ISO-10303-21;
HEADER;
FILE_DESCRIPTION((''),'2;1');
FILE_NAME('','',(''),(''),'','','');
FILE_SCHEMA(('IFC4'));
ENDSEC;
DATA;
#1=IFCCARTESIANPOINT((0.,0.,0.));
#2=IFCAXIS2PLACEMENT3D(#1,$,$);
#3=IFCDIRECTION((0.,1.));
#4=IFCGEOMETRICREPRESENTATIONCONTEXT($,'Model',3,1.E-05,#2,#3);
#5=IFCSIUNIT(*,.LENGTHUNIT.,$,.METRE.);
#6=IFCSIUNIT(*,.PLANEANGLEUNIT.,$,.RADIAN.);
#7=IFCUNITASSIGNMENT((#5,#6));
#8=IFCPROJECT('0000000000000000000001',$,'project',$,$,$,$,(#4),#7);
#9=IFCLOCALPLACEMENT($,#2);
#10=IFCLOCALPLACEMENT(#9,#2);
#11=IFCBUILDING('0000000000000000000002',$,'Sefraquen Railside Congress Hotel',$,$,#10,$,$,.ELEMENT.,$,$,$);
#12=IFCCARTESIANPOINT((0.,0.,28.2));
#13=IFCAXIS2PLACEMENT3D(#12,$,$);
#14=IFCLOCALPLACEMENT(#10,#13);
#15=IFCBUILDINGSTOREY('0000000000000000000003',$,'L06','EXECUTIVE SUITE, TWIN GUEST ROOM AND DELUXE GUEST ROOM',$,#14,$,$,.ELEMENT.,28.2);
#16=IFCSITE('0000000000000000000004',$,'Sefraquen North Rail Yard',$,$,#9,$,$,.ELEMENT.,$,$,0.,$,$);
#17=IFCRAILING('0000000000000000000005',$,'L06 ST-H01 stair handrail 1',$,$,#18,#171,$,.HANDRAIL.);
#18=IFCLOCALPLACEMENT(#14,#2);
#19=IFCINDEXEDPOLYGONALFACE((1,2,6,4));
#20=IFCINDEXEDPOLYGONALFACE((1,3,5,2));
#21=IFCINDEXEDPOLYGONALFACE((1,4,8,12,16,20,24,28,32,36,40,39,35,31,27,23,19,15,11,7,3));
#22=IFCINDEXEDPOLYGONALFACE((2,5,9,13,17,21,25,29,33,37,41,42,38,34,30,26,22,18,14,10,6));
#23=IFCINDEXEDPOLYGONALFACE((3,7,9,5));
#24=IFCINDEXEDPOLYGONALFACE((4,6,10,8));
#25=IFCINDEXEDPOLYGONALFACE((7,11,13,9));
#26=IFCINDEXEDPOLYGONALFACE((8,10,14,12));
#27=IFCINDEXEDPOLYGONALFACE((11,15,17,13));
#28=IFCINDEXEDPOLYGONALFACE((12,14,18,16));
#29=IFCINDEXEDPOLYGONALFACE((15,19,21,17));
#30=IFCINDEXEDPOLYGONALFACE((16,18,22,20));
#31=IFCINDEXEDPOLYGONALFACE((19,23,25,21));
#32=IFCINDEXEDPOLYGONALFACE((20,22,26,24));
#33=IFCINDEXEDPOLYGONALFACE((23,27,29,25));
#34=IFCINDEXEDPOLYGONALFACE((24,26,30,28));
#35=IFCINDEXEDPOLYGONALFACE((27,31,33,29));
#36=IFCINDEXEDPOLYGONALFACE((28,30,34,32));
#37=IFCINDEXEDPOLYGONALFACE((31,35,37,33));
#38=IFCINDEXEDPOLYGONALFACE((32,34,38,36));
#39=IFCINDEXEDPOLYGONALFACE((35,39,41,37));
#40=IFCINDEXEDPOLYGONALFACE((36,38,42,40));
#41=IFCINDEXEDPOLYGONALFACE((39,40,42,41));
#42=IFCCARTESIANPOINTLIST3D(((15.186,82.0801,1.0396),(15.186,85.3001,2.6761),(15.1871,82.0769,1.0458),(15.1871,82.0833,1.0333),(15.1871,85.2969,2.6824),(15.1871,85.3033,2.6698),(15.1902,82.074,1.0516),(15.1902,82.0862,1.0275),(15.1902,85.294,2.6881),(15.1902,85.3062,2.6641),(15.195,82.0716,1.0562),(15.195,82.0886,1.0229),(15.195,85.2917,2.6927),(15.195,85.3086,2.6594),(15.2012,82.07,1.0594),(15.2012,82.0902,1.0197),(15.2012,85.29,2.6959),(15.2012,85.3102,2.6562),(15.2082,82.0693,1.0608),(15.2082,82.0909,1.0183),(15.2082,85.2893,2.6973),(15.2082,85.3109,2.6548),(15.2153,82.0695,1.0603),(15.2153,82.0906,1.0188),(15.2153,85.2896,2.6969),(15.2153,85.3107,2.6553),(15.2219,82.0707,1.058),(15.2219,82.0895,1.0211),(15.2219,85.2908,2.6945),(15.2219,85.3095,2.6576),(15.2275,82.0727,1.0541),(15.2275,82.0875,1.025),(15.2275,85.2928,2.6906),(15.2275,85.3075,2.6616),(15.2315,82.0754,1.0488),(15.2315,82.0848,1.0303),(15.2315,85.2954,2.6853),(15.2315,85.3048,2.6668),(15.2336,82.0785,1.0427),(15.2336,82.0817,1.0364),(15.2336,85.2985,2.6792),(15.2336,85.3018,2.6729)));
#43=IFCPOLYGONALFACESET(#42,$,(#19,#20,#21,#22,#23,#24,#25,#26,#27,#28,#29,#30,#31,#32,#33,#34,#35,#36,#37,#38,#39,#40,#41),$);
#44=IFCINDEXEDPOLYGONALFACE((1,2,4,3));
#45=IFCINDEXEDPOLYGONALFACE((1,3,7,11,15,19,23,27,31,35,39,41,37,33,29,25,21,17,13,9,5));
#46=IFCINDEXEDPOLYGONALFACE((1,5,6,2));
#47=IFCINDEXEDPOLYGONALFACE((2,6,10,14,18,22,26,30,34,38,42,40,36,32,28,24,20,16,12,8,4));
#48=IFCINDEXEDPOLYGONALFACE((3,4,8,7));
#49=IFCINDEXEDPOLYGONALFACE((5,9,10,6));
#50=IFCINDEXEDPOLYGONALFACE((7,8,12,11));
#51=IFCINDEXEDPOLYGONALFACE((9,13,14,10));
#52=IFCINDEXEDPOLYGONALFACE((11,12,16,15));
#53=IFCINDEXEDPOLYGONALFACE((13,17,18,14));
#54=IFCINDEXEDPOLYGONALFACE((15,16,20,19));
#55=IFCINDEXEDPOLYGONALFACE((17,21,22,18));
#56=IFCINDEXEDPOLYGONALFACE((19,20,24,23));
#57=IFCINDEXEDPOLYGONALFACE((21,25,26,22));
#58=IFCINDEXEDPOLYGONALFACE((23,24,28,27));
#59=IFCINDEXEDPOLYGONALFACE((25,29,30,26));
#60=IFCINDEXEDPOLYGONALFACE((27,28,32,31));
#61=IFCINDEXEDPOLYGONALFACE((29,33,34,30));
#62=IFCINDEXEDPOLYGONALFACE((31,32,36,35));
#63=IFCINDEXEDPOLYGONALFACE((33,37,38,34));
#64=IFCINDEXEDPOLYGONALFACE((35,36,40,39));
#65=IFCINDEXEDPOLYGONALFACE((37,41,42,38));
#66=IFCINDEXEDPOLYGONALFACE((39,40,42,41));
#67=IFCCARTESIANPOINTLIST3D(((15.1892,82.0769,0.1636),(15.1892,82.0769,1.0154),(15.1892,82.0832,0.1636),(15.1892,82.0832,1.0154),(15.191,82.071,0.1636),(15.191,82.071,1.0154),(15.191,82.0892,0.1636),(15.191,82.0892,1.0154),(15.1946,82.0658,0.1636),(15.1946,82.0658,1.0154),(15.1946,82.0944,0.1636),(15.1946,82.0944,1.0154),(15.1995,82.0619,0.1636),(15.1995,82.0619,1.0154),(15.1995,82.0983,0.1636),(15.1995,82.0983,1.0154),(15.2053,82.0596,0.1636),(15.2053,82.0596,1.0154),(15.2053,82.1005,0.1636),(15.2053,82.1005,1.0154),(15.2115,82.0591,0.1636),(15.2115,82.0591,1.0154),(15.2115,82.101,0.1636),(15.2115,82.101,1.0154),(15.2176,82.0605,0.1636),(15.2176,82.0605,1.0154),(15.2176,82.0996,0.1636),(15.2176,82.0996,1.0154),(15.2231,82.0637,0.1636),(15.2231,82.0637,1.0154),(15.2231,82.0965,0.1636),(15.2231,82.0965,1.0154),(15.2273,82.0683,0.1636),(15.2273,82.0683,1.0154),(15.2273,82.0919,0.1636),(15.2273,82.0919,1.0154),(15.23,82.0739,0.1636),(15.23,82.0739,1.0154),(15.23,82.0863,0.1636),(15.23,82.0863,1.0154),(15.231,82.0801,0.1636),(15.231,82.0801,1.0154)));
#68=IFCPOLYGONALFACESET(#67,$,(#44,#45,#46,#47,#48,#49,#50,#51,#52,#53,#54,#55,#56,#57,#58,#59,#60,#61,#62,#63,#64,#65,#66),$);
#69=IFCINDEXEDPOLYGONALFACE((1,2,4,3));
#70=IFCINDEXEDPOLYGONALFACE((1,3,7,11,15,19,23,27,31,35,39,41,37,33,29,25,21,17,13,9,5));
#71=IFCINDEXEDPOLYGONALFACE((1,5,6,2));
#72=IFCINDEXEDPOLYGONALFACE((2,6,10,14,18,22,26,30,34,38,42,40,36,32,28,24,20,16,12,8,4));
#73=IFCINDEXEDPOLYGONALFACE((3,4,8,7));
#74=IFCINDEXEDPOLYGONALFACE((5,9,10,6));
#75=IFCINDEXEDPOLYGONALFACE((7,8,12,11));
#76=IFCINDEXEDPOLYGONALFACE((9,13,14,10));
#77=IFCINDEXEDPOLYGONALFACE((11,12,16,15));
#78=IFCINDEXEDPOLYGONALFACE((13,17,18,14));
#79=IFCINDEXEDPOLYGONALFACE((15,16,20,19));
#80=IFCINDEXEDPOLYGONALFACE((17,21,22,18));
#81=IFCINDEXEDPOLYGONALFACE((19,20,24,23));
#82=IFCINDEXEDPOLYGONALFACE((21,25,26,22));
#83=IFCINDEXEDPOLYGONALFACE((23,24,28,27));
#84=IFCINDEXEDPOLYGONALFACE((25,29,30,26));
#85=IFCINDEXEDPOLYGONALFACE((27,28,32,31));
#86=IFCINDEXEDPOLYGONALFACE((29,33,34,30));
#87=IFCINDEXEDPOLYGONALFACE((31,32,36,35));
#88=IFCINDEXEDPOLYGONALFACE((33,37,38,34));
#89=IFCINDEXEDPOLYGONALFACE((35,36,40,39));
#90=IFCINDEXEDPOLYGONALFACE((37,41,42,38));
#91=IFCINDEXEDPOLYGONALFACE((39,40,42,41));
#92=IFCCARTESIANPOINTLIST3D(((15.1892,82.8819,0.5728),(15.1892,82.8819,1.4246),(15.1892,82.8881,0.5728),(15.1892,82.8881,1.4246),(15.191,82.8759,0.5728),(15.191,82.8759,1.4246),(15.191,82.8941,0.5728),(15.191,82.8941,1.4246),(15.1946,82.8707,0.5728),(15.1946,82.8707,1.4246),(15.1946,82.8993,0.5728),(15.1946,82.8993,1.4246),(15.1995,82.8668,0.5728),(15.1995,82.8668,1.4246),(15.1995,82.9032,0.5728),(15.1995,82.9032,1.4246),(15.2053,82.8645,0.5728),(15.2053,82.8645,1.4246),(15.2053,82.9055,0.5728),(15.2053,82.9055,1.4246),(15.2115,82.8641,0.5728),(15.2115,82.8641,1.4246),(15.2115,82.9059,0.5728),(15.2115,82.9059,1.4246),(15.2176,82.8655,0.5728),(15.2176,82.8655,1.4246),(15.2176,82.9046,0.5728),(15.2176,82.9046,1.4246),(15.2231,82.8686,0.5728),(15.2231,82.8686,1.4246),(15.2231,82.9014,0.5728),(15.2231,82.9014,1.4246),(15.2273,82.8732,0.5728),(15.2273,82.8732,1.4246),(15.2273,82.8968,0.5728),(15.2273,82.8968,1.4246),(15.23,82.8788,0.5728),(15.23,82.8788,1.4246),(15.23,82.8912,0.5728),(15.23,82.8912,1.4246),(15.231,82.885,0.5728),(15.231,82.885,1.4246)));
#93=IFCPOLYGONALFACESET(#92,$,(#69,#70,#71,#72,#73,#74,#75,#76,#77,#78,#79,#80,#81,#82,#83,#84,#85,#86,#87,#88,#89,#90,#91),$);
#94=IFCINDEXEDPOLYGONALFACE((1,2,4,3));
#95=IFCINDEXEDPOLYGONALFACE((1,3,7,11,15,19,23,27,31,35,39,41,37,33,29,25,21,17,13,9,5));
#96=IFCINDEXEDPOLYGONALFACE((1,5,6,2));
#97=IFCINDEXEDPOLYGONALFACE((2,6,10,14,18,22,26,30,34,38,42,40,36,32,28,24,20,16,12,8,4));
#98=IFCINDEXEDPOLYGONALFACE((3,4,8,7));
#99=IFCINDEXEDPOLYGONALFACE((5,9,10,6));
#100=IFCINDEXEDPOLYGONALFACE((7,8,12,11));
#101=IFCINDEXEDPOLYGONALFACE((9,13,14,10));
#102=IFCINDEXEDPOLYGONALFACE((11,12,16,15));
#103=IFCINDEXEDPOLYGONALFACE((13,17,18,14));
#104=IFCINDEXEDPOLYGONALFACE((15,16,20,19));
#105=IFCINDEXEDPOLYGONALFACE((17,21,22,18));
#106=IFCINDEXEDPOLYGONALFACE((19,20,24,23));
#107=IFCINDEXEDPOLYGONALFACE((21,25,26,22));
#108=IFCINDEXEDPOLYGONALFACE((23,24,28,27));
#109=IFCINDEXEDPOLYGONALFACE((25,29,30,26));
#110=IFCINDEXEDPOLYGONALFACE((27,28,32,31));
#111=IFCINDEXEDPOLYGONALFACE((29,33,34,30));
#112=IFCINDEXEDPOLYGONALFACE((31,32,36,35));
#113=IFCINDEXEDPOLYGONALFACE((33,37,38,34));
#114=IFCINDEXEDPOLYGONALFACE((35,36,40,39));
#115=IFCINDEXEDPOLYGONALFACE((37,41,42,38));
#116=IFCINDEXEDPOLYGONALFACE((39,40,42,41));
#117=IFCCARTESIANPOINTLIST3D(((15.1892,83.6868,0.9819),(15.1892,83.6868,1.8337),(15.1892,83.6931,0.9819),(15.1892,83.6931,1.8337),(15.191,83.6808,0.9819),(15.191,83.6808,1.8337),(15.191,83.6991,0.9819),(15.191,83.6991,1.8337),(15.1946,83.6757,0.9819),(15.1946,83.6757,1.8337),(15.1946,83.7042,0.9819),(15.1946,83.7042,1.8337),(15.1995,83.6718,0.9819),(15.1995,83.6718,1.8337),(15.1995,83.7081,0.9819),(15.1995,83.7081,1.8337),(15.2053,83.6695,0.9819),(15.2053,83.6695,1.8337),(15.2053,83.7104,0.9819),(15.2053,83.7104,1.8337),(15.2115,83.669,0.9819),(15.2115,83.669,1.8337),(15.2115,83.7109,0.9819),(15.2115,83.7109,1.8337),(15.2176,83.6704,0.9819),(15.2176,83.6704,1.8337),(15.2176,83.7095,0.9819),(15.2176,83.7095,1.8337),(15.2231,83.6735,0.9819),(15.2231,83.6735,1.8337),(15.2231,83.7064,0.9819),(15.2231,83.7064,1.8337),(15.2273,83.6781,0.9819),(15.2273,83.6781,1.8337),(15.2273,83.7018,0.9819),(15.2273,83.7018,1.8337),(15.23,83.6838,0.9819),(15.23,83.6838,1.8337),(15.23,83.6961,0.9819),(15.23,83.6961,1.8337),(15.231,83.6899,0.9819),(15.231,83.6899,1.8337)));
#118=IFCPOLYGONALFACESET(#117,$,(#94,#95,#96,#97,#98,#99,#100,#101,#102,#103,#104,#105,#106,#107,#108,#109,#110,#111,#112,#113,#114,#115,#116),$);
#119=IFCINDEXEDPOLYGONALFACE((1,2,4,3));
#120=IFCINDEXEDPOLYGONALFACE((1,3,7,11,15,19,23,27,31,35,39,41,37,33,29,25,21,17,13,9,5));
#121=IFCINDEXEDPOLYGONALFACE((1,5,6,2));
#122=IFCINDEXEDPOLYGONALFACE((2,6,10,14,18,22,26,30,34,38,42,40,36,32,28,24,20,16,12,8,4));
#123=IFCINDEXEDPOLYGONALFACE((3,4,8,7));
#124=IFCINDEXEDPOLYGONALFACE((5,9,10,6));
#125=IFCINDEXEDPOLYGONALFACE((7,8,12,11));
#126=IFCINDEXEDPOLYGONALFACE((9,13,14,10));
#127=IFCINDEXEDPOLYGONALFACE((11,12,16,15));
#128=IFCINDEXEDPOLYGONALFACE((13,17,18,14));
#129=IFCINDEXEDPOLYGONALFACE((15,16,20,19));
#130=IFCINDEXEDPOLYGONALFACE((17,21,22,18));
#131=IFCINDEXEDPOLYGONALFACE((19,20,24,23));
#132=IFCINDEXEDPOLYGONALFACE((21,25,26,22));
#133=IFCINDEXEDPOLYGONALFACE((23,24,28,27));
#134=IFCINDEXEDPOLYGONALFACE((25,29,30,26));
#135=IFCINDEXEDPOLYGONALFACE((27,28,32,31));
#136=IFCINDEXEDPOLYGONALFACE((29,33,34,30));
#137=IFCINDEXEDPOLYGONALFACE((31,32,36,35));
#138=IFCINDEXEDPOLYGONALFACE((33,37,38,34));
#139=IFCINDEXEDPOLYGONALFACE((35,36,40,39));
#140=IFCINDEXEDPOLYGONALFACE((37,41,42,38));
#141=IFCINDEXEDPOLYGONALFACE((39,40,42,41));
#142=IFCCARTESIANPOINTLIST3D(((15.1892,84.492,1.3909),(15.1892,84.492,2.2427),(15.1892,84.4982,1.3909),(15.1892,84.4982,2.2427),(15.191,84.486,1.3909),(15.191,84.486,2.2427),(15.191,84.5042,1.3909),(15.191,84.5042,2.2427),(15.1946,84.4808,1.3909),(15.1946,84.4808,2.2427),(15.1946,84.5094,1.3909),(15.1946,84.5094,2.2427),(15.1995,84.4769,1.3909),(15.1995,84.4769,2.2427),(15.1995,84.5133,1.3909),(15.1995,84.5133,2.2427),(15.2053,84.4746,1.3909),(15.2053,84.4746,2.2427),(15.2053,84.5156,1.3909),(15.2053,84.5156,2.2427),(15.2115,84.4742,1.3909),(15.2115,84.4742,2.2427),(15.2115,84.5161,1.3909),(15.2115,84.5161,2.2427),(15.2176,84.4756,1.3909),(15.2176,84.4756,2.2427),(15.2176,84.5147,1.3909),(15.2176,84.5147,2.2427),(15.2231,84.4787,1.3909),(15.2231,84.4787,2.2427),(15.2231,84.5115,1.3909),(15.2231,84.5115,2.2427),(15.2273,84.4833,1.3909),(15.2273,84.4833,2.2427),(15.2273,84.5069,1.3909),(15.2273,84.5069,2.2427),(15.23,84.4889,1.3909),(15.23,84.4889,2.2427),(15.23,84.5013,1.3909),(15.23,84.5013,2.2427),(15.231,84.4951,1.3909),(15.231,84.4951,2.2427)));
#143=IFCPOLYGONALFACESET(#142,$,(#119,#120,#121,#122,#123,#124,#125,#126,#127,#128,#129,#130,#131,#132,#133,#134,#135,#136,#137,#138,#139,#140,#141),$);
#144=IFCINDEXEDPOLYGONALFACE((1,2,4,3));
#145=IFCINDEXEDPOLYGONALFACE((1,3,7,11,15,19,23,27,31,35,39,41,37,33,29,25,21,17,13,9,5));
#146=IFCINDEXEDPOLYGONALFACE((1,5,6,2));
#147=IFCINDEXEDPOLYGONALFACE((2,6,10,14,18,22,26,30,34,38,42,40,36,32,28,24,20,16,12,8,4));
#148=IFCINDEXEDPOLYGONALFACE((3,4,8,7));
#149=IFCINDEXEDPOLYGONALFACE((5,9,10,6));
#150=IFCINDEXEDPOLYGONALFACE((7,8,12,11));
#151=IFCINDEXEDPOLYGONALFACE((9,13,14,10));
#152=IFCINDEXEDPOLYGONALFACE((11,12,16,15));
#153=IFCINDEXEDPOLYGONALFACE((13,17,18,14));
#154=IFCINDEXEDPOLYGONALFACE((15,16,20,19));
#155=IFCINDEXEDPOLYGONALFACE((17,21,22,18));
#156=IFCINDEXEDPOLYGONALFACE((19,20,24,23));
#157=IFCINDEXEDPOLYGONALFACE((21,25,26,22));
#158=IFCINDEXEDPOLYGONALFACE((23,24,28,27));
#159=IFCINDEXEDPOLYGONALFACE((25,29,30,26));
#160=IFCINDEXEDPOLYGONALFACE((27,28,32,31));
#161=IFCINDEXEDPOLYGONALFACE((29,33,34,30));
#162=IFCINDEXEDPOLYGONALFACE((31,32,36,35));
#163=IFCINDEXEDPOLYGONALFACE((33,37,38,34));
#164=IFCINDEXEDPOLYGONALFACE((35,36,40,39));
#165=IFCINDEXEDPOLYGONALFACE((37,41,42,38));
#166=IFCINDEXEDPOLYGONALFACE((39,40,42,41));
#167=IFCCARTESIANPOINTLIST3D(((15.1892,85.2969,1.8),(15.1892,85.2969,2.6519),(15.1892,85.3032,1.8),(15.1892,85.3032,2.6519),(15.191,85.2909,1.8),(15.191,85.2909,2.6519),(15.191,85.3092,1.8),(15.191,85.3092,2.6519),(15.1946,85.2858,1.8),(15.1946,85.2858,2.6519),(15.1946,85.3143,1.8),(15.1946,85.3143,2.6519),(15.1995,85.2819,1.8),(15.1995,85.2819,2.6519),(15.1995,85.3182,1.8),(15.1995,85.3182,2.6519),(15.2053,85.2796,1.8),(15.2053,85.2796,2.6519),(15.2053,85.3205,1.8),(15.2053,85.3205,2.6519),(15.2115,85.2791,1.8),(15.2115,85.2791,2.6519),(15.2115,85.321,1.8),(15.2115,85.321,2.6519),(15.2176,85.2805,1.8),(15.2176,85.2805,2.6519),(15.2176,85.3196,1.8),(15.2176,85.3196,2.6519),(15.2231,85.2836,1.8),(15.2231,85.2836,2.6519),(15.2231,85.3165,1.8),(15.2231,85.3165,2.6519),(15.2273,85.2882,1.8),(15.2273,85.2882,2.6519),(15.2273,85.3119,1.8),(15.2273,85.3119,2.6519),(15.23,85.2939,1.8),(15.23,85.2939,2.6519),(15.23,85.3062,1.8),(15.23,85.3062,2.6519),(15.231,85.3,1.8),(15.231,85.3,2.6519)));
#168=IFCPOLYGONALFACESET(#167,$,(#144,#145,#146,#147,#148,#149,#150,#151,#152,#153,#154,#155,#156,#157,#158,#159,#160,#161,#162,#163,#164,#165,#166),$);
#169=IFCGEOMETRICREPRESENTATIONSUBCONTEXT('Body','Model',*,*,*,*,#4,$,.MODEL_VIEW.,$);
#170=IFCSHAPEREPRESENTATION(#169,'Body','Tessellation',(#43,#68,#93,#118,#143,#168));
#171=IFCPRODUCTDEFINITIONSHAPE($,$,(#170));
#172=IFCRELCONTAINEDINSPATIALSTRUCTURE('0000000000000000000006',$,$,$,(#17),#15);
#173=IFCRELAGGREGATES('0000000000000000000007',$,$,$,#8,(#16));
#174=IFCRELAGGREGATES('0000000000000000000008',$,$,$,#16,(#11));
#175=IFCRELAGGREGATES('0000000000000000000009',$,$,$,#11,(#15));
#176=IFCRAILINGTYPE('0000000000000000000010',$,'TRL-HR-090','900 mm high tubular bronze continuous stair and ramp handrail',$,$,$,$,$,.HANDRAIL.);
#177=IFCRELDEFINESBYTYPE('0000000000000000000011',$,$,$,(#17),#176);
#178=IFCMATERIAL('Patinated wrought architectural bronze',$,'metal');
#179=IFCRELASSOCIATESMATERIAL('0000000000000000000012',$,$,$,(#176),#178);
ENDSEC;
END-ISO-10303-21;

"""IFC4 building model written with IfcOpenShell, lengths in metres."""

from ifc_helpers import new_model, si_unit, direction, frame, origin, origin_2d, place, context, subcontext, project, spatial, circle, extrude, material, type_object, element, save


model = new_model("IFC4")

# Units and contexts
model_context = context("Model", 3, precision=1e-05, world=origin(), true_north=direction((0.0, 1.0)))
body_context = subcontext(model_context, "Body", "Model", "MODEL_VIEW")
ifc_project = project(units=[si_unit("LENGTHUNIT", "METRE"), si_unit("PLANEANGLEUNIT", "RADIAN")], contexts=[model_context])

# Site, building, storey
site_placement = place(None, origin())
site = spatial("IfcSite", under=ifc_project, at=site_placement, Name="Sefraquen North Rail Yard", CompositionType="ELEMENT", RefElevation=0.0)
building_placement = place(site_placement, origin())
building = spatial("IfcBuilding", under=site, at=building_placement, Name="Sefraquen Railside Congress Hotel", CompositionType="ELEMENT")
storey_placement = place(building_placement, frame((0.0, 0.0, 28.2)))
storey = spatial("IfcBuildingStorey", under=building, at=storey_placement, Name="L06", Description="EXECUTIVE SUITE, TWIN GUEST ROOM AND DELUXE GUEST ROOM", CompositionType="ELEMENT", Elevation=28.2)

# Railing
ifc_material_1 = material(Name="Patinated wrought architectural bronze", Category="metal")
railing_type_1 = type_object("IfcRailingType", Name="TRL-HR-090", Description="900 mm high tubular bronze continuous stair and ramp handrail", PredefinedType="HANDRAIL", material=ifc_material_1)
railing_1_placement = place(storey_placement, frame((15.21, 82.0801, 0.1636)))
element("IfcRailing", 1, at=railing_1_placement, inside=storey, type_object=railing_type_1, Name="L06 ST-H01 stair handrail 1", PredefinedType="HANDRAIL", context=body_context, shape_type="SweptSolid", body=[
    extrude(circle(Radius=0.0239, at=origin_2d()), frame((0.0, 0.0, 0.876), z_axis=(0.0, 0.891474, 0.453071), x_axis=(-1.0, 0.0, 0.0)), (0.0, 0.0, 1.0), 3.6121),
    extrude(circle(Radius=0.021, at=origin_2d()), origin(), (0.0, 0.0, 1.0), 0.8518),
    extrude(circle(Radius=0.021, at=origin_2d()), frame((0.0, 0.8049, 0.4092)), (0.0, 0.0, 1.0), 0.8518),
    extrude(circle(Radius=0.021, at=origin_2d()), frame((0.0, 1.6099, 0.8184)), (0.0, 0.0, 1.0), 0.8518),
    extrude(circle(Radius=0.021, at=origin_2d()), frame((0.0, 2.415, 1.2273)), (0.0, 0.0, 1.0), 0.8518),
    extrude(circle(Radius=0.021, at=origin_2d()), frame((0.0, 3.22, 1.6365)), (0.0, 0.0, 1.0), 0.8518),
])

save(model, "model.ifc")
